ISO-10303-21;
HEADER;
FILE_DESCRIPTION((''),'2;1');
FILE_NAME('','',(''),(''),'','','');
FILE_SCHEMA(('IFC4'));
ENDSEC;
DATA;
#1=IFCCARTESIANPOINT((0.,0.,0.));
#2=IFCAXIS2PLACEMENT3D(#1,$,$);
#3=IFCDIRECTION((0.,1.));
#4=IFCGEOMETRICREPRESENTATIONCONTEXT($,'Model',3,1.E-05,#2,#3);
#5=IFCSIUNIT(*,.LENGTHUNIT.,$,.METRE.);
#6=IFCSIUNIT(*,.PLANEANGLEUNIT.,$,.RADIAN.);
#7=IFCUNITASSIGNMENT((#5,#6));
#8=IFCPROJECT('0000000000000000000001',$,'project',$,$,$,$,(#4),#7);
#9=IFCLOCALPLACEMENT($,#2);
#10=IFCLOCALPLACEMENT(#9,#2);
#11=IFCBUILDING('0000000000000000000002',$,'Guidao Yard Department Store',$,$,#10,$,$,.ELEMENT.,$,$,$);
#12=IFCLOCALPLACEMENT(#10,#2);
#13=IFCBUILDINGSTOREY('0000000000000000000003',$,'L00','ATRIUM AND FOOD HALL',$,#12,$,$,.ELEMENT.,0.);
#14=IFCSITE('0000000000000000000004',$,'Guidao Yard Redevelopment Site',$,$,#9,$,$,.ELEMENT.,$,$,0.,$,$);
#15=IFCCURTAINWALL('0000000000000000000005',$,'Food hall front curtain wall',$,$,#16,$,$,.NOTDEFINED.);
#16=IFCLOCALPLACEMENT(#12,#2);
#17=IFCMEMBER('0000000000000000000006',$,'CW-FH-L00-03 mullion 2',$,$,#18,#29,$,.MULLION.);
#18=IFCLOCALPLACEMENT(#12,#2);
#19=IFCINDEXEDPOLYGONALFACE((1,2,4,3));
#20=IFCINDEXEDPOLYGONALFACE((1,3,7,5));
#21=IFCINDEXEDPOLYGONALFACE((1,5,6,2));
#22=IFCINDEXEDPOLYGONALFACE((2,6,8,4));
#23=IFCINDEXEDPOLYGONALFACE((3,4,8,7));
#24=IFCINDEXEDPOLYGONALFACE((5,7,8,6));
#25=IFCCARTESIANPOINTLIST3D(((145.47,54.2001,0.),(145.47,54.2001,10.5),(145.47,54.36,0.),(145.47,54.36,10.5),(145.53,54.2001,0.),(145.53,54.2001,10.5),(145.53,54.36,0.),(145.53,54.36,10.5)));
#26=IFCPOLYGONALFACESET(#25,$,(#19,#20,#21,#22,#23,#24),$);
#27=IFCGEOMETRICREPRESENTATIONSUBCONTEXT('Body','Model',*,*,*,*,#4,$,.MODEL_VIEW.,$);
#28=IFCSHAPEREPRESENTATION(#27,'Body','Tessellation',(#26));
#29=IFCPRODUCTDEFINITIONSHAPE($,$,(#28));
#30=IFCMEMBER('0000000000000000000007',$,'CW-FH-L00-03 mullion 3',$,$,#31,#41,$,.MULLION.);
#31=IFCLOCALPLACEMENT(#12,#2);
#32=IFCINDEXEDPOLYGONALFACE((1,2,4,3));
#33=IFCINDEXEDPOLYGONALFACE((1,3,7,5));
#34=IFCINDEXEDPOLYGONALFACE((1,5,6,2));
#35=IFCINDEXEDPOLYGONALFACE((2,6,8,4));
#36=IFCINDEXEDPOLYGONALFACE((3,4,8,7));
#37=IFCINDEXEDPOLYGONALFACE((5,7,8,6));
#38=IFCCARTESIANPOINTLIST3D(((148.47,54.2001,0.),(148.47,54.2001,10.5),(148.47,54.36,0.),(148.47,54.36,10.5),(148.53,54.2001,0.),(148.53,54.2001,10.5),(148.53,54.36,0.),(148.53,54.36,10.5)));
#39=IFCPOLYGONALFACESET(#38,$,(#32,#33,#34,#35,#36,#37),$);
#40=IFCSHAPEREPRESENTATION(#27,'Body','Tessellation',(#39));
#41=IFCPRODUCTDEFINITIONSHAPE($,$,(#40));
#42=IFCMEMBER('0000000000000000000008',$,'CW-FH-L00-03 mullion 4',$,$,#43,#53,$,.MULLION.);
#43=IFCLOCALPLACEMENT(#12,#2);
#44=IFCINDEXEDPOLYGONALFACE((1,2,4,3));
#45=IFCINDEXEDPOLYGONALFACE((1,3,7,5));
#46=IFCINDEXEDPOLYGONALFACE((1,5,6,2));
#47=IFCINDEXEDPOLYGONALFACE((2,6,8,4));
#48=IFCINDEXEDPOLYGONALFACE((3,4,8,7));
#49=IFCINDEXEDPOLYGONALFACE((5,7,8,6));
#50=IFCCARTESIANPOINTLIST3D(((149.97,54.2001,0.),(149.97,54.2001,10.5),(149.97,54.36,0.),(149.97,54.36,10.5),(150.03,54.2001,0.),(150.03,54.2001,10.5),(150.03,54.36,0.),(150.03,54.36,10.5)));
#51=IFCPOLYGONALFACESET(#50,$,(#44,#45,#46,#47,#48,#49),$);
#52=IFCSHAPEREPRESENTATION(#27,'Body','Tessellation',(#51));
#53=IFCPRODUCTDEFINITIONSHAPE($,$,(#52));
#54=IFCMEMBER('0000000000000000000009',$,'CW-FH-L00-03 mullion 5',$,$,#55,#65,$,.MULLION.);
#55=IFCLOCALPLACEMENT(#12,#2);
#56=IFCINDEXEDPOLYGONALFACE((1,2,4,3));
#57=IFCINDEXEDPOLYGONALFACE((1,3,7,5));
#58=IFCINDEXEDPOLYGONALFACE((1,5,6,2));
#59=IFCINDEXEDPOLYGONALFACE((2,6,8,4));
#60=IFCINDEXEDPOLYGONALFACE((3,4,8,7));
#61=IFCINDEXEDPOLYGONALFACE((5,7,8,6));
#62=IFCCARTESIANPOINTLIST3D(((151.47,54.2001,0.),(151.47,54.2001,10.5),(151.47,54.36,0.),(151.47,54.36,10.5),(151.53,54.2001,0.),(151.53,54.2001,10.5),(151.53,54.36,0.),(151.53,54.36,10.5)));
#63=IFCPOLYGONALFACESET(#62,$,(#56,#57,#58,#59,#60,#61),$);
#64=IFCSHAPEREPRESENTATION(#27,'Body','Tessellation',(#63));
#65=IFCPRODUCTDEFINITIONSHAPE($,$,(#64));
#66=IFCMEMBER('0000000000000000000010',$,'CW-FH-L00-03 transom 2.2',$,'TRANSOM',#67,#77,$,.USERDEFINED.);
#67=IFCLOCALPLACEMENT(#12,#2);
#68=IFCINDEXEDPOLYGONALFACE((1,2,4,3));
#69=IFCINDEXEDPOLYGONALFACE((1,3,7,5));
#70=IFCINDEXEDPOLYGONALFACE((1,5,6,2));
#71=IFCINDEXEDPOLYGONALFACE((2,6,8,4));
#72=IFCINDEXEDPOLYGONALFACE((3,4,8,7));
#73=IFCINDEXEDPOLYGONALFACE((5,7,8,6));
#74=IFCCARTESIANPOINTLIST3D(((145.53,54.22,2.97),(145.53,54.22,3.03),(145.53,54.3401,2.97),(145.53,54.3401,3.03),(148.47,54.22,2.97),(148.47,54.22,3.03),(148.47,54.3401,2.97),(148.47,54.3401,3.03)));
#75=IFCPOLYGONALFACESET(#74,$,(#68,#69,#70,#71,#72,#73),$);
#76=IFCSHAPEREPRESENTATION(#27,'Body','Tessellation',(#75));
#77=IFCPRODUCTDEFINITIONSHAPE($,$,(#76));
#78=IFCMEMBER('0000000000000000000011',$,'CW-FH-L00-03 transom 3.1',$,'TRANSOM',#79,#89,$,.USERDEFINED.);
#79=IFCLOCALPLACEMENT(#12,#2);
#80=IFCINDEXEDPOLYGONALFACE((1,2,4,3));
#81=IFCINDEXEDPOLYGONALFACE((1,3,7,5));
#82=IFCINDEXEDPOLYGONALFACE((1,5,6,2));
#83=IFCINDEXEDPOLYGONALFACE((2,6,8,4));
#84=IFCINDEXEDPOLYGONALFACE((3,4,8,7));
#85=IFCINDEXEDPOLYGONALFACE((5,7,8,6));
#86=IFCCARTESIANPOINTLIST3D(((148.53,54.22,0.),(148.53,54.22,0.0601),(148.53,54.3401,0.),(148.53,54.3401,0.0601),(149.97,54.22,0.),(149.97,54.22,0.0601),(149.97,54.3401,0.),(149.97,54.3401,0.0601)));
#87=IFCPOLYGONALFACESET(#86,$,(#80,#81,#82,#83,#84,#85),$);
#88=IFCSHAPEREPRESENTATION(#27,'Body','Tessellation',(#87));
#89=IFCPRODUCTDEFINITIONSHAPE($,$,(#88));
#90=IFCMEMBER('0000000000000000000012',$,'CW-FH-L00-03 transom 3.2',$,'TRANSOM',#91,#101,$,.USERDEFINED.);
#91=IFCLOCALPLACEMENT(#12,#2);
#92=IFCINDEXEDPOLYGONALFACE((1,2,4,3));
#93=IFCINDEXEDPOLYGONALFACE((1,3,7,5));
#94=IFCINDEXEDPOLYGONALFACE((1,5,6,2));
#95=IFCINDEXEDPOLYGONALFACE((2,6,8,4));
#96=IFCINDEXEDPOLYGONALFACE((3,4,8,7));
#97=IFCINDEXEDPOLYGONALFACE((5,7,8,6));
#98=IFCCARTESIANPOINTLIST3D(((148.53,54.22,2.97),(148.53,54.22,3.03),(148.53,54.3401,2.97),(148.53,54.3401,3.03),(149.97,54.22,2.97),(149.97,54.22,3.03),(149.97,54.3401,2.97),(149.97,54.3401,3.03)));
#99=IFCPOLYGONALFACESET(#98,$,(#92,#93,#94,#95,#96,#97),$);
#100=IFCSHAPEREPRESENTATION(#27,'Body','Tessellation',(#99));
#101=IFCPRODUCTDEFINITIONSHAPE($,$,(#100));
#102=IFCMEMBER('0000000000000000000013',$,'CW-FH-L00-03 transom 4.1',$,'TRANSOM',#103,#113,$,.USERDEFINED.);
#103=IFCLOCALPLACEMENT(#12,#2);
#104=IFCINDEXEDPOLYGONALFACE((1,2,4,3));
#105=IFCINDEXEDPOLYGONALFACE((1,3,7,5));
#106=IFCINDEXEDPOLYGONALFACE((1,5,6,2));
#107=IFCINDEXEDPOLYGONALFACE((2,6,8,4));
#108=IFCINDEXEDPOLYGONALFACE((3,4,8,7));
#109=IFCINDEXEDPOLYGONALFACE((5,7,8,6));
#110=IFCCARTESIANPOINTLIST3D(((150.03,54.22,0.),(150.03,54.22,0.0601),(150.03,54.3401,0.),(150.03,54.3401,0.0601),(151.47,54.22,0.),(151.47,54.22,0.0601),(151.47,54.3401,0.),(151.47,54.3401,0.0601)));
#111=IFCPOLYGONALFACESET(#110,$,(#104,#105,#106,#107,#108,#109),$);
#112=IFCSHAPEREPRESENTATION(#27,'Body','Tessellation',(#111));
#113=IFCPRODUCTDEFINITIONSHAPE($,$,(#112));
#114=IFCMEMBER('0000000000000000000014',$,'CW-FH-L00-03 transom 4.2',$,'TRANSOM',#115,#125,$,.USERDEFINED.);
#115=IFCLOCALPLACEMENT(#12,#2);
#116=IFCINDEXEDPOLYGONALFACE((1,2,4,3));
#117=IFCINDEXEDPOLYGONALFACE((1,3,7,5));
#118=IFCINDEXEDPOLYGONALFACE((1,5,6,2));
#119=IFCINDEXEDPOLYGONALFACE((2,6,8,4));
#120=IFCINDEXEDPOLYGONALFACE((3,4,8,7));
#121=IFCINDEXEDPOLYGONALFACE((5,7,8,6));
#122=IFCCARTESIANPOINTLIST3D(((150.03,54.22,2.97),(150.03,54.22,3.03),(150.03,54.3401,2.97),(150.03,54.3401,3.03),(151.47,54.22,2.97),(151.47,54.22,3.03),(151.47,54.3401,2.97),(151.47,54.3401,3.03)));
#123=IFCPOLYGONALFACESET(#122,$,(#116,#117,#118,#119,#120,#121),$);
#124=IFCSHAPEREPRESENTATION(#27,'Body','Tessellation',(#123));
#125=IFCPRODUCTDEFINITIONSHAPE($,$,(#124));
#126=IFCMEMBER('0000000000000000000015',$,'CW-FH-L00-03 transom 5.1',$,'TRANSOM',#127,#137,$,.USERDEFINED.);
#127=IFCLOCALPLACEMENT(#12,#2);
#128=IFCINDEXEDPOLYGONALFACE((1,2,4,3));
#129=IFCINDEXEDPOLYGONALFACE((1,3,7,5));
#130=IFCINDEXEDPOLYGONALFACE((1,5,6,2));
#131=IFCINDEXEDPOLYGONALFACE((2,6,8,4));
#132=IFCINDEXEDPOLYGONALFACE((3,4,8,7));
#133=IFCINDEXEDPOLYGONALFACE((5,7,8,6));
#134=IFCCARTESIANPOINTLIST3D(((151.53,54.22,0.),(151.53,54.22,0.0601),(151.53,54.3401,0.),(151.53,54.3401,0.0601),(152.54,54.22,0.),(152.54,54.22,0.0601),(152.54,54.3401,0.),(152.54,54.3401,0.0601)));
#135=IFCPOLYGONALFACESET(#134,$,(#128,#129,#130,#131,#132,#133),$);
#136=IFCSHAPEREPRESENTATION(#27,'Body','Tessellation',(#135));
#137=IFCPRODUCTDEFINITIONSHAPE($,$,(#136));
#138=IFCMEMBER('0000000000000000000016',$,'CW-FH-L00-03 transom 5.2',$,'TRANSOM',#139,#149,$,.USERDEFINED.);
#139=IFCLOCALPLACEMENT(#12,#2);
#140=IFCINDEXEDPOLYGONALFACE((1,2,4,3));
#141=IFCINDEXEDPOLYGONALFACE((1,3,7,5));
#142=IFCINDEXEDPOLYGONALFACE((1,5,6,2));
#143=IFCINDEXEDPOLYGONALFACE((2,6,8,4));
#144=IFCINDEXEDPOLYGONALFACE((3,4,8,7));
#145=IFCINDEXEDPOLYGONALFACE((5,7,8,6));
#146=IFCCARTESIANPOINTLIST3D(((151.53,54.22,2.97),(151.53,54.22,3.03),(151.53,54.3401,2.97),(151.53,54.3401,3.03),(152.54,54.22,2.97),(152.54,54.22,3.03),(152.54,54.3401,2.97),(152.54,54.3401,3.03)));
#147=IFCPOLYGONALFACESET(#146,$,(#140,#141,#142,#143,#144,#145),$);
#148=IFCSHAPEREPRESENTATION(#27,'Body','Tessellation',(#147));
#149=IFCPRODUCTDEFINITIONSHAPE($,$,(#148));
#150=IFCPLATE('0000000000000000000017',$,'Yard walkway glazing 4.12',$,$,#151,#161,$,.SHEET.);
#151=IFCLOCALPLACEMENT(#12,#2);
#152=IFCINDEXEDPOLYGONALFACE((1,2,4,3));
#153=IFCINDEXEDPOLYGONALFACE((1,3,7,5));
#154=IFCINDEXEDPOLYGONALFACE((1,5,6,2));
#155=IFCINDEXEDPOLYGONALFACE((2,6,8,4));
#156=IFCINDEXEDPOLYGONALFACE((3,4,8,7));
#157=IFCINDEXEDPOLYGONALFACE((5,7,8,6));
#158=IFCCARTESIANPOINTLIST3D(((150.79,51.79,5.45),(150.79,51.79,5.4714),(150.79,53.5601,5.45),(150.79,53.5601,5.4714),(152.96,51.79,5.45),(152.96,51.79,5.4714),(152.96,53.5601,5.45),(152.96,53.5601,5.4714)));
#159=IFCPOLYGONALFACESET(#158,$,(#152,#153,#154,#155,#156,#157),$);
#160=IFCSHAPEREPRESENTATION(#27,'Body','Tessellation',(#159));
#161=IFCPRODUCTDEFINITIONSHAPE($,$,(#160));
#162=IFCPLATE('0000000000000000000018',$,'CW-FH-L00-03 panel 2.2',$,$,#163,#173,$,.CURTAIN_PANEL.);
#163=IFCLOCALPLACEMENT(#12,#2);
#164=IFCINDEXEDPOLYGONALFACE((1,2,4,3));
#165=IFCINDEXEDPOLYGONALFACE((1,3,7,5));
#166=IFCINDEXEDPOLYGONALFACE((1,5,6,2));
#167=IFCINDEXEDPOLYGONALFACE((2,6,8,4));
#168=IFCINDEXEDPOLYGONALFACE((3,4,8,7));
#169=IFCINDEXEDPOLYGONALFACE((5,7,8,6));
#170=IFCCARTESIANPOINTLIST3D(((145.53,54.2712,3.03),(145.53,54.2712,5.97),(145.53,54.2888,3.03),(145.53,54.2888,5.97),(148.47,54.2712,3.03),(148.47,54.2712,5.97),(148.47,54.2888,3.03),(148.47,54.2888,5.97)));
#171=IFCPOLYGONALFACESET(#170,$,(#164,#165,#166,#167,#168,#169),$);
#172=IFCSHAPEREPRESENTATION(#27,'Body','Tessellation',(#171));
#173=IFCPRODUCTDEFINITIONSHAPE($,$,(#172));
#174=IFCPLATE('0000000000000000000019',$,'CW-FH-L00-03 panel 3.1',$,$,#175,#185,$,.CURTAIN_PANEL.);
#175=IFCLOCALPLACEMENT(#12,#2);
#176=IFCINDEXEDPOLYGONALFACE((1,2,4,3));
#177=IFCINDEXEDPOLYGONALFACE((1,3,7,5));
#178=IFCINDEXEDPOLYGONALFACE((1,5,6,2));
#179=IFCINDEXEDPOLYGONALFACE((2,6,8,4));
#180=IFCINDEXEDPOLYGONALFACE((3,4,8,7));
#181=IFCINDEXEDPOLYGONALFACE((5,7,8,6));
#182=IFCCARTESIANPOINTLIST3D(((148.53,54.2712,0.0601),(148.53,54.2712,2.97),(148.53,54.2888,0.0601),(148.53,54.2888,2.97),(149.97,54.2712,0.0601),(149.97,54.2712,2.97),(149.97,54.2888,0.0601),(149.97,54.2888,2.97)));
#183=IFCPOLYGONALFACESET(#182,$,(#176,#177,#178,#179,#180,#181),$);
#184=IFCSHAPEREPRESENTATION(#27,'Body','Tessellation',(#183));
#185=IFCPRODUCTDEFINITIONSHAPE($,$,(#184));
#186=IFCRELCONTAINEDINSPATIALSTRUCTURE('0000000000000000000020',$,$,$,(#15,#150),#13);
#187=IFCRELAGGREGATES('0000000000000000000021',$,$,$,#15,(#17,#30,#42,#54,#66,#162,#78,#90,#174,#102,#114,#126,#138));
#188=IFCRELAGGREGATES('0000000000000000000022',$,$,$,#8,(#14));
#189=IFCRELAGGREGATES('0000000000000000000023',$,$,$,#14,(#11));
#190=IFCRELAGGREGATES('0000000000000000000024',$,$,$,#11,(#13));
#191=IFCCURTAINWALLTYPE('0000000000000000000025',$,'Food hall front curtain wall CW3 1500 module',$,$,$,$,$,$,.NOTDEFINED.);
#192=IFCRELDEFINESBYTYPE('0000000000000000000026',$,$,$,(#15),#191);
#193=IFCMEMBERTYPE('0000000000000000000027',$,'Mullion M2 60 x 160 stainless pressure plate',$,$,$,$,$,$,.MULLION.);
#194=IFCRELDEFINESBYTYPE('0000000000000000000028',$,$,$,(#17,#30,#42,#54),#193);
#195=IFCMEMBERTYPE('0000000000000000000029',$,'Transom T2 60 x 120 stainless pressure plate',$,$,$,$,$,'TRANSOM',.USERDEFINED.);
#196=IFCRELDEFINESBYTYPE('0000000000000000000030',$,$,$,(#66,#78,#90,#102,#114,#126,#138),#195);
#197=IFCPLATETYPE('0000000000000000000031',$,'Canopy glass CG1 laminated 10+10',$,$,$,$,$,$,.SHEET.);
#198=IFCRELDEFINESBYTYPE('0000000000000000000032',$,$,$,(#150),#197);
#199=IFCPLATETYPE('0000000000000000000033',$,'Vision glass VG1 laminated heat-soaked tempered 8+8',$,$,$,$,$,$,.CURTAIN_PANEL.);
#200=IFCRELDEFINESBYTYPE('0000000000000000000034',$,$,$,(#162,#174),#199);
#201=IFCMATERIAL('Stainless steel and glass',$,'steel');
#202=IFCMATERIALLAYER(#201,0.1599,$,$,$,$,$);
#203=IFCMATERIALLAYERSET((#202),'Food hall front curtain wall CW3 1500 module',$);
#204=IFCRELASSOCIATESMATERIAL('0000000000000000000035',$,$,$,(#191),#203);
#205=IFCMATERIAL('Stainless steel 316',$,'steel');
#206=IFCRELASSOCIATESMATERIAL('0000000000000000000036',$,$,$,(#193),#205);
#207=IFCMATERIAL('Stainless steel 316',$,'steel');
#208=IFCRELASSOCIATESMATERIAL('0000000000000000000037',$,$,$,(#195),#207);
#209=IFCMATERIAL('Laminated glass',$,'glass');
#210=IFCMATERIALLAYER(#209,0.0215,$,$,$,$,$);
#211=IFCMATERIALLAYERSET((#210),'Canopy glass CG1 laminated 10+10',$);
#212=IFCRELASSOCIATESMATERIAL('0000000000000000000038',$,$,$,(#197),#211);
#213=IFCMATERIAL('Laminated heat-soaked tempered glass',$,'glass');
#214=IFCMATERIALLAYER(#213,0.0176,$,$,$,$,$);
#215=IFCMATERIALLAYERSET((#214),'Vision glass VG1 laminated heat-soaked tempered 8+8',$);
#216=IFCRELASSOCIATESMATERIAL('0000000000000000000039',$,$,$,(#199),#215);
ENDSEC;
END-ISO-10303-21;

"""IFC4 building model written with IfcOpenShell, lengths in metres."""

from ifc_helpers import new_model, si_unit, direction, frame, origin, origin_2d, place, context, subcontext, project, spatial, rectangle, extrude, material, layer, layer_set, material_profile, profile_set, type_object, element, aggregate, save


model = new_model("IFC4")

# Units and contexts
model_context = context("Model", 3, precision=1e-05, world=origin(), true_north=direction((0.0, 1.0)))
body_context = subcontext(model_context, "Body", "Model", "MODEL_VIEW")
ifc_project = project(units=[si_unit("LENGTHUNIT", "METRE"), si_unit("PLANEANGLEUNIT", "RADIAN")], contexts=[model_context])

# Site, building, storey
site_placement = place(None, origin())
site = spatial("IfcSite", under=ifc_project, at=site_placement, Name="Guidao Yard Redevelopment Site", CompositionType="ELEMENT", RefElevation=0.0)
building_placement = place(site_placement, origin())
building = spatial("IfcBuilding", under=site, at=building_placement, Name="Guidao Yard Department Store", CompositionType="ELEMENT")
storey_placement = place(building_placement, origin())
storey = spatial("IfcBuildingStorey", under=building, at=storey_placement, Name="L00", Description="ATRIUM AND FOOD HALL", CompositionType="ELEMENT", Elevation=0.0)

# Curtain wall, members
ifc_material_1 = material(Name="Stainless steel and glass", Category="steel")
ifc_layer_1 = layer(ifc_material_1, 0.1599)
ifc_layer_set_1 = layer_set([ifc_layer_1], Name="Food hall front curtain wall CW3 1500 module")
curtain_wall_type = type_object("IfcCurtainWallType", Name="Food hall front curtain wall CW3 1500 module", PredefinedType="NOTDEFINED", material=ifc_layer_set_1)
curtain_wall_placement = place(storey_placement, origin())
curtain_wall = element("IfcCurtainWall", 1, at=curtain_wall_placement, inside=storey, type_object=curtain_wall_type, Name="Food hall front curtain wall", PredefinedType="NOTDEFINED")
ifc_material_2 = material(Name="Stainless steel 316", Category="steel")
ifc_material_profile_1 = material_profile(ifc_material_2, rectangle(XDim=0.0601, YDim=0.1599, at=origin_2d()), Name="Mullion M2 60 x 160 stainless pressure plate")
ifc_profile_set_1 = profile_set([ifc_material_profile_1], Name="Stainless steel 316")
member_type_1 = type_object("IfcMemberType", Name="Mullion M2 60 x 160 stainless pressure plate", PredefinedType="MULLION", material=ifc_profile_set_1)
member_1_placement = place(storey_placement, frame((145.5, 54.28, 0.0), z_axis=(0.0, 0.0, 1.0), x_axis=(-1.0, 0.0, 0.0)))
member_1 = element("IfcMember", 2, at=member_1_placement, type_object=member_type_1, Name="CW-FH-L00-03 mullion 2", PredefinedType="MULLION", context=body_context, shape_type="SweptSolid", body=[
    extrude(rectangle(XDim=0.0601, YDim=0.1599, at=origin_2d()), origin(), (0.0, 0.0, 1.0), 10.5),
])
member_2_placement = place(storey_placement, frame((148.5, 54.28, 0.0), z_axis=(0.0, 0.0, 1.0), x_axis=(-1.0, 0.0, 0.0)))
member_2 = element("IfcMember", 3, at=member_2_placement, type_object=member_type_1, Name="CW-FH-L00-03 mullion 3", PredefinedType="MULLION", context=body_context, shape_type="SweptSolid", body=[
    extrude(rectangle(XDim=0.0601, YDim=0.1599, at=origin_2d()), origin(), (0.0, 0.0, 1.0), 10.5),
])
member_3_placement = place(storey_placement, frame((150.0, 54.28, 0.0), z_axis=(0.0, 0.0, 1.0), x_axis=(-1.0, 0.0, 0.0)))
member_3 = element("IfcMember", 4, at=member_3_placement, type_object=member_type_1, Name="CW-FH-L00-03 mullion 4", PredefinedType="MULLION", context=body_context, shape_type="SweptSolid", body=[
    extrude(rectangle(XDim=0.0601, YDim=0.1599, at=origin_2d()), origin(), (0.0, 0.0, 1.0), 10.5),
])
member_4_placement = place(storey_placement, frame((151.5, 54.28, 0.0), z_axis=(0.0, 0.0, 1.0), x_axis=(-1.0, 0.0, 0.0)))
member_4 = element("IfcMember", 5, at=member_4_placement, type_object=member_type_1, Name="CW-FH-L00-03 mullion 5", PredefinedType="MULLION", context=body_context, shape_type="SweptSolid", body=[
    extrude(rectangle(XDim=0.0601, YDim=0.1599, at=origin_2d()), origin(), (0.0, 0.0, 1.0), 10.5),
])
ifc_material_3 = material(Name="Stainless steel 316", Category="steel")
ifc_material_profile_2 = material_profile(ifc_material_3, rectangle(XDim=0.1201, YDim=0.0601, at=origin_2d()), Name="Transom T2 60 x 120 stainless pressure plate")
ifc_profile_set_2 = profile_set([ifc_material_profile_2], Name="Stainless steel 316")
member_type_2 = type_object("IfcMemberType", Name="Transom T2 60 x 120 stainless pressure plate", ElementType="TRANSOM", PredefinedType="USERDEFINED", material=ifc_profile_set_2)
member_5_placement = place(storey_placement, frame((148.47, 54.28, 3.0), z_axis=(-1.0, 0.0, 0.0), x_axis=(0.0, -1.0, 0.0)))
member_5 = element("IfcMember", 6, at=member_5_placement, type_object=member_type_2, Name="CW-FH-L00-03 transom 2.2", ObjectType="TRANSOM", PredefinedType="USERDEFINED", context=body_context, shape_type="SweptSolid", body=[
    extrude(rectangle(XDim=0.1201, YDim=0.0601, at=origin_2d()), origin(), (0.0, 0.0, 1.0), 2.9399),
])
member_6_placement = place(storey_placement, frame((149.97, 54.28, 0.03), z_axis=(-1.0, 0.0, 0.0), x_axis=(0.0, -1.0, 0.0)))
member_6 = element("IfcMember", 7, at=member_6_placement, type_object=member_type_2, Name="CW-FH-L00-03 transom 3.1", ObjectType="TRANSOM", PredefinedType="USERDEFINED", context=body_context, shape_type="SweptSolid", body=[
    extrude(rectangle(XDim=0.1201, YDim=0.0601, at=origin_2d()), origin(), (0.0, 0.0, 1.0), 1.4399),
])
member_7_placement = place(storey_placement, frame((149.97, 54.28, 3.0), z_axis=(-1.0, 0.0, 0.0), x_axis=(0.0, -1.0, 0.0)))
member_7 = element("IfcMember", 8, at=member_7_placement, type_object=member_type_2, Name="CW-FH-L00-03 transom 3.2", ObjectType="TRANSOM", PredefinedType="USERDEFINED", context=body_context, shape_type="SweptSolid", body=[
    extrude(rectangle(XDim=0.1201, YDim=0.0601, at=origin_2d()), origin(), (0.0, 0.0, 1.0), 1.4399),
])
member_8_placement = place(storey_placement, frame((151.47, 54.28, 0.03), z_axis=(-1.0, 0.0, 0.0), x_axis=(0.0, -1.0, 0.0)))
member_8 = element("IfcMember", 9, at=member_8_placement, type_object=member_type_2, Name="CW-FH-L00-03 transom 4.1", ObjectType="TRANSOM", PredefinedType="USERDEFINED", context=body_context, shape_type="SweptSolid", body=[
    extrude(rectangle(XDim=0.1201, YDim=0.0601, at=origin_2d()), origin(), (0.0, 0.0, 1.0), 1.4399),
])
member_9_placement = place(storey_placement, frame((151.47, 54.28, 3.0), z_axis=(-1.0, 0.0, 0.0), x_axis=(0.0, -1.0, 0.0)))
member_9 = element("IfcMember", 10, at=member_9_placement, type_object=member_type_2, Name="CW-FH-L00-03 transom 4.2", ObjectType="TRANSOM", PredefinedType="USERDEFINED", context=body_context, shape_type="SweptSolid", body=[
    extrude(rectangle(XDim=0.1201, YDim=0.0601, at=origin_2d()), origin(), (0.0, 0.0, 1.0), 1.4399),
])
member_10_placement = place(storey_placement, frame((152.54, 54.28, 0.03), z_axis=(-1.0, 0.0, 0.0), x_axis=(0.0, -1.0, 0.0)))
member_10 = element("IfcMember", 11, at=member_10_placement, type_object=member_type_2, Name="CW-FH-L00-03 transom 5.1", ObjectType="TRANSOM", PredefinedType="USERDEFINED", context=body_context, shape_type="SweptSolid", body=[
    extrude(rectangle(XDim=0.1201, YDim=0.0601, at=origin_2d()), origin(), (0.0, 0.0, 1.0), 1.01),
])
member_11_placement = place(storey_placement, frame((152.54, 54.28, 3.0), z_axis=(-1.0, 0.0, 0.0), x_axis=(0.0, -1.0, 0.0)))
member_11 = element("IfcMember", 12, at=member_11_placement, type_object=member_type_2, Name="CW-FH-L00-03 transom 5.2", ObjectType="TRANSOM", PredefinedType="USERDEFINED", context=body_context, shape_type="SweptSolid", body=[
    extrude(rectangle(XDim=0.1201, YDim=0.0601, at=origin_2d()), origin(), (0.0, 0.0, 1.0), 1.01),
])

# Plates
ifc_material_4 = material(Name="Laminated glass", Category="glass")
ifc_layer_2 = layer(ifc_material_4, 0.0215)
ifc_layer_set_2 = layer_set([ifc_layer_2], Name="Canopy glass CG1 laminated 10+10")
plate_type_1 = type_object("IfcPlateType", Name="Canopy glass CG1 laminated 10+10", PredefinedType="SHEET", material=ifc_layer_set_2)
plate_1_placement = place(storey_placement, frame((151.875, 52.675, 5.45), z_axis=(0.0, 0.0, 1.0), x_axis=(1.0, 0.0, 0.0)))
element("IfcPlate", 13, at=plate_1_placement, inside=storey, type_object=plate_type_1, Name="Yard walkway glazing 4.12", PredefinedType="SHEET", context=body_context, shape_type="SweptSolid", body=[
    extrude(rectangle(XDim=2.1699, YDim=1.77, at=origin_2d()), origin(), (0.0, 0.0, 1.0), 0.0215),
])
ifc_material_5 = material(Name="Laminated heat-soaked tempered glass", Category="glass")
ifc_layer_3 = layer(ifc_material_5, 0.0176)
ifc_layer_set_3 = layer_set([ifc_layer_3], Name="Vision glass VG1 laminated heat-soaked tempered 8+8")
plate_type_2 = type_object("IfcPlateType", Name="Vision glass VG1 laminated heat-soaked tempered 8+8", PredefinedType="CURTAIN_PANEL", material=ifc_layer_set_3)
plate_2_placement = place(storey_placement, frame((147.0, 54.28, 3.03), z_axis=(0.0, 0.0, 1.0), x_axis=(-1.0, 0.0, 0.0)))
plate_2 = element("IfcPlate", 14, at=plate_2_placement, type_object=plate_type_2, Name="CW-FH-L00-03 panel 2.2", PredefinedType="CURTAIN_PANEL", context=body_context, shape_type="SweptSolid", body=[
    extrude(rectangle(XDim=2.9399, YDim=0.0176, at=origin_2d()), origin(), (0.0, 0.0, 1.0), 2.9399),
])
plate_3_placement = place(storey_placement, frame((149.25, 54.28, 0.0601), z_axis=(0.0, 0.0, 1.0), x_axis=(-1.0, 0.0, 0.0)))
plate_3 = element("IfcPlate", 15, at=plate_3_placement, type_object=plate_type_2, Name="CW-FH-L00-03 panel 3.1", PredefinedType="CURTAIN_PANEL", context=body_context, shape_type="SweptSolid", body=[
    extrude(rectangle(XDim=1.4399, YDim=0.0176, at=origin_2d()), origin(), (0.0, 0.0, 1.0), 2.9099),
])
aggregate(curtain_wall, [member_1, member_2, member_3, member_4, member_5, plate_2, member_6, member_7, plate_3, member_8, member_9, member_10, member_11])

save(model, "model.ifc")
